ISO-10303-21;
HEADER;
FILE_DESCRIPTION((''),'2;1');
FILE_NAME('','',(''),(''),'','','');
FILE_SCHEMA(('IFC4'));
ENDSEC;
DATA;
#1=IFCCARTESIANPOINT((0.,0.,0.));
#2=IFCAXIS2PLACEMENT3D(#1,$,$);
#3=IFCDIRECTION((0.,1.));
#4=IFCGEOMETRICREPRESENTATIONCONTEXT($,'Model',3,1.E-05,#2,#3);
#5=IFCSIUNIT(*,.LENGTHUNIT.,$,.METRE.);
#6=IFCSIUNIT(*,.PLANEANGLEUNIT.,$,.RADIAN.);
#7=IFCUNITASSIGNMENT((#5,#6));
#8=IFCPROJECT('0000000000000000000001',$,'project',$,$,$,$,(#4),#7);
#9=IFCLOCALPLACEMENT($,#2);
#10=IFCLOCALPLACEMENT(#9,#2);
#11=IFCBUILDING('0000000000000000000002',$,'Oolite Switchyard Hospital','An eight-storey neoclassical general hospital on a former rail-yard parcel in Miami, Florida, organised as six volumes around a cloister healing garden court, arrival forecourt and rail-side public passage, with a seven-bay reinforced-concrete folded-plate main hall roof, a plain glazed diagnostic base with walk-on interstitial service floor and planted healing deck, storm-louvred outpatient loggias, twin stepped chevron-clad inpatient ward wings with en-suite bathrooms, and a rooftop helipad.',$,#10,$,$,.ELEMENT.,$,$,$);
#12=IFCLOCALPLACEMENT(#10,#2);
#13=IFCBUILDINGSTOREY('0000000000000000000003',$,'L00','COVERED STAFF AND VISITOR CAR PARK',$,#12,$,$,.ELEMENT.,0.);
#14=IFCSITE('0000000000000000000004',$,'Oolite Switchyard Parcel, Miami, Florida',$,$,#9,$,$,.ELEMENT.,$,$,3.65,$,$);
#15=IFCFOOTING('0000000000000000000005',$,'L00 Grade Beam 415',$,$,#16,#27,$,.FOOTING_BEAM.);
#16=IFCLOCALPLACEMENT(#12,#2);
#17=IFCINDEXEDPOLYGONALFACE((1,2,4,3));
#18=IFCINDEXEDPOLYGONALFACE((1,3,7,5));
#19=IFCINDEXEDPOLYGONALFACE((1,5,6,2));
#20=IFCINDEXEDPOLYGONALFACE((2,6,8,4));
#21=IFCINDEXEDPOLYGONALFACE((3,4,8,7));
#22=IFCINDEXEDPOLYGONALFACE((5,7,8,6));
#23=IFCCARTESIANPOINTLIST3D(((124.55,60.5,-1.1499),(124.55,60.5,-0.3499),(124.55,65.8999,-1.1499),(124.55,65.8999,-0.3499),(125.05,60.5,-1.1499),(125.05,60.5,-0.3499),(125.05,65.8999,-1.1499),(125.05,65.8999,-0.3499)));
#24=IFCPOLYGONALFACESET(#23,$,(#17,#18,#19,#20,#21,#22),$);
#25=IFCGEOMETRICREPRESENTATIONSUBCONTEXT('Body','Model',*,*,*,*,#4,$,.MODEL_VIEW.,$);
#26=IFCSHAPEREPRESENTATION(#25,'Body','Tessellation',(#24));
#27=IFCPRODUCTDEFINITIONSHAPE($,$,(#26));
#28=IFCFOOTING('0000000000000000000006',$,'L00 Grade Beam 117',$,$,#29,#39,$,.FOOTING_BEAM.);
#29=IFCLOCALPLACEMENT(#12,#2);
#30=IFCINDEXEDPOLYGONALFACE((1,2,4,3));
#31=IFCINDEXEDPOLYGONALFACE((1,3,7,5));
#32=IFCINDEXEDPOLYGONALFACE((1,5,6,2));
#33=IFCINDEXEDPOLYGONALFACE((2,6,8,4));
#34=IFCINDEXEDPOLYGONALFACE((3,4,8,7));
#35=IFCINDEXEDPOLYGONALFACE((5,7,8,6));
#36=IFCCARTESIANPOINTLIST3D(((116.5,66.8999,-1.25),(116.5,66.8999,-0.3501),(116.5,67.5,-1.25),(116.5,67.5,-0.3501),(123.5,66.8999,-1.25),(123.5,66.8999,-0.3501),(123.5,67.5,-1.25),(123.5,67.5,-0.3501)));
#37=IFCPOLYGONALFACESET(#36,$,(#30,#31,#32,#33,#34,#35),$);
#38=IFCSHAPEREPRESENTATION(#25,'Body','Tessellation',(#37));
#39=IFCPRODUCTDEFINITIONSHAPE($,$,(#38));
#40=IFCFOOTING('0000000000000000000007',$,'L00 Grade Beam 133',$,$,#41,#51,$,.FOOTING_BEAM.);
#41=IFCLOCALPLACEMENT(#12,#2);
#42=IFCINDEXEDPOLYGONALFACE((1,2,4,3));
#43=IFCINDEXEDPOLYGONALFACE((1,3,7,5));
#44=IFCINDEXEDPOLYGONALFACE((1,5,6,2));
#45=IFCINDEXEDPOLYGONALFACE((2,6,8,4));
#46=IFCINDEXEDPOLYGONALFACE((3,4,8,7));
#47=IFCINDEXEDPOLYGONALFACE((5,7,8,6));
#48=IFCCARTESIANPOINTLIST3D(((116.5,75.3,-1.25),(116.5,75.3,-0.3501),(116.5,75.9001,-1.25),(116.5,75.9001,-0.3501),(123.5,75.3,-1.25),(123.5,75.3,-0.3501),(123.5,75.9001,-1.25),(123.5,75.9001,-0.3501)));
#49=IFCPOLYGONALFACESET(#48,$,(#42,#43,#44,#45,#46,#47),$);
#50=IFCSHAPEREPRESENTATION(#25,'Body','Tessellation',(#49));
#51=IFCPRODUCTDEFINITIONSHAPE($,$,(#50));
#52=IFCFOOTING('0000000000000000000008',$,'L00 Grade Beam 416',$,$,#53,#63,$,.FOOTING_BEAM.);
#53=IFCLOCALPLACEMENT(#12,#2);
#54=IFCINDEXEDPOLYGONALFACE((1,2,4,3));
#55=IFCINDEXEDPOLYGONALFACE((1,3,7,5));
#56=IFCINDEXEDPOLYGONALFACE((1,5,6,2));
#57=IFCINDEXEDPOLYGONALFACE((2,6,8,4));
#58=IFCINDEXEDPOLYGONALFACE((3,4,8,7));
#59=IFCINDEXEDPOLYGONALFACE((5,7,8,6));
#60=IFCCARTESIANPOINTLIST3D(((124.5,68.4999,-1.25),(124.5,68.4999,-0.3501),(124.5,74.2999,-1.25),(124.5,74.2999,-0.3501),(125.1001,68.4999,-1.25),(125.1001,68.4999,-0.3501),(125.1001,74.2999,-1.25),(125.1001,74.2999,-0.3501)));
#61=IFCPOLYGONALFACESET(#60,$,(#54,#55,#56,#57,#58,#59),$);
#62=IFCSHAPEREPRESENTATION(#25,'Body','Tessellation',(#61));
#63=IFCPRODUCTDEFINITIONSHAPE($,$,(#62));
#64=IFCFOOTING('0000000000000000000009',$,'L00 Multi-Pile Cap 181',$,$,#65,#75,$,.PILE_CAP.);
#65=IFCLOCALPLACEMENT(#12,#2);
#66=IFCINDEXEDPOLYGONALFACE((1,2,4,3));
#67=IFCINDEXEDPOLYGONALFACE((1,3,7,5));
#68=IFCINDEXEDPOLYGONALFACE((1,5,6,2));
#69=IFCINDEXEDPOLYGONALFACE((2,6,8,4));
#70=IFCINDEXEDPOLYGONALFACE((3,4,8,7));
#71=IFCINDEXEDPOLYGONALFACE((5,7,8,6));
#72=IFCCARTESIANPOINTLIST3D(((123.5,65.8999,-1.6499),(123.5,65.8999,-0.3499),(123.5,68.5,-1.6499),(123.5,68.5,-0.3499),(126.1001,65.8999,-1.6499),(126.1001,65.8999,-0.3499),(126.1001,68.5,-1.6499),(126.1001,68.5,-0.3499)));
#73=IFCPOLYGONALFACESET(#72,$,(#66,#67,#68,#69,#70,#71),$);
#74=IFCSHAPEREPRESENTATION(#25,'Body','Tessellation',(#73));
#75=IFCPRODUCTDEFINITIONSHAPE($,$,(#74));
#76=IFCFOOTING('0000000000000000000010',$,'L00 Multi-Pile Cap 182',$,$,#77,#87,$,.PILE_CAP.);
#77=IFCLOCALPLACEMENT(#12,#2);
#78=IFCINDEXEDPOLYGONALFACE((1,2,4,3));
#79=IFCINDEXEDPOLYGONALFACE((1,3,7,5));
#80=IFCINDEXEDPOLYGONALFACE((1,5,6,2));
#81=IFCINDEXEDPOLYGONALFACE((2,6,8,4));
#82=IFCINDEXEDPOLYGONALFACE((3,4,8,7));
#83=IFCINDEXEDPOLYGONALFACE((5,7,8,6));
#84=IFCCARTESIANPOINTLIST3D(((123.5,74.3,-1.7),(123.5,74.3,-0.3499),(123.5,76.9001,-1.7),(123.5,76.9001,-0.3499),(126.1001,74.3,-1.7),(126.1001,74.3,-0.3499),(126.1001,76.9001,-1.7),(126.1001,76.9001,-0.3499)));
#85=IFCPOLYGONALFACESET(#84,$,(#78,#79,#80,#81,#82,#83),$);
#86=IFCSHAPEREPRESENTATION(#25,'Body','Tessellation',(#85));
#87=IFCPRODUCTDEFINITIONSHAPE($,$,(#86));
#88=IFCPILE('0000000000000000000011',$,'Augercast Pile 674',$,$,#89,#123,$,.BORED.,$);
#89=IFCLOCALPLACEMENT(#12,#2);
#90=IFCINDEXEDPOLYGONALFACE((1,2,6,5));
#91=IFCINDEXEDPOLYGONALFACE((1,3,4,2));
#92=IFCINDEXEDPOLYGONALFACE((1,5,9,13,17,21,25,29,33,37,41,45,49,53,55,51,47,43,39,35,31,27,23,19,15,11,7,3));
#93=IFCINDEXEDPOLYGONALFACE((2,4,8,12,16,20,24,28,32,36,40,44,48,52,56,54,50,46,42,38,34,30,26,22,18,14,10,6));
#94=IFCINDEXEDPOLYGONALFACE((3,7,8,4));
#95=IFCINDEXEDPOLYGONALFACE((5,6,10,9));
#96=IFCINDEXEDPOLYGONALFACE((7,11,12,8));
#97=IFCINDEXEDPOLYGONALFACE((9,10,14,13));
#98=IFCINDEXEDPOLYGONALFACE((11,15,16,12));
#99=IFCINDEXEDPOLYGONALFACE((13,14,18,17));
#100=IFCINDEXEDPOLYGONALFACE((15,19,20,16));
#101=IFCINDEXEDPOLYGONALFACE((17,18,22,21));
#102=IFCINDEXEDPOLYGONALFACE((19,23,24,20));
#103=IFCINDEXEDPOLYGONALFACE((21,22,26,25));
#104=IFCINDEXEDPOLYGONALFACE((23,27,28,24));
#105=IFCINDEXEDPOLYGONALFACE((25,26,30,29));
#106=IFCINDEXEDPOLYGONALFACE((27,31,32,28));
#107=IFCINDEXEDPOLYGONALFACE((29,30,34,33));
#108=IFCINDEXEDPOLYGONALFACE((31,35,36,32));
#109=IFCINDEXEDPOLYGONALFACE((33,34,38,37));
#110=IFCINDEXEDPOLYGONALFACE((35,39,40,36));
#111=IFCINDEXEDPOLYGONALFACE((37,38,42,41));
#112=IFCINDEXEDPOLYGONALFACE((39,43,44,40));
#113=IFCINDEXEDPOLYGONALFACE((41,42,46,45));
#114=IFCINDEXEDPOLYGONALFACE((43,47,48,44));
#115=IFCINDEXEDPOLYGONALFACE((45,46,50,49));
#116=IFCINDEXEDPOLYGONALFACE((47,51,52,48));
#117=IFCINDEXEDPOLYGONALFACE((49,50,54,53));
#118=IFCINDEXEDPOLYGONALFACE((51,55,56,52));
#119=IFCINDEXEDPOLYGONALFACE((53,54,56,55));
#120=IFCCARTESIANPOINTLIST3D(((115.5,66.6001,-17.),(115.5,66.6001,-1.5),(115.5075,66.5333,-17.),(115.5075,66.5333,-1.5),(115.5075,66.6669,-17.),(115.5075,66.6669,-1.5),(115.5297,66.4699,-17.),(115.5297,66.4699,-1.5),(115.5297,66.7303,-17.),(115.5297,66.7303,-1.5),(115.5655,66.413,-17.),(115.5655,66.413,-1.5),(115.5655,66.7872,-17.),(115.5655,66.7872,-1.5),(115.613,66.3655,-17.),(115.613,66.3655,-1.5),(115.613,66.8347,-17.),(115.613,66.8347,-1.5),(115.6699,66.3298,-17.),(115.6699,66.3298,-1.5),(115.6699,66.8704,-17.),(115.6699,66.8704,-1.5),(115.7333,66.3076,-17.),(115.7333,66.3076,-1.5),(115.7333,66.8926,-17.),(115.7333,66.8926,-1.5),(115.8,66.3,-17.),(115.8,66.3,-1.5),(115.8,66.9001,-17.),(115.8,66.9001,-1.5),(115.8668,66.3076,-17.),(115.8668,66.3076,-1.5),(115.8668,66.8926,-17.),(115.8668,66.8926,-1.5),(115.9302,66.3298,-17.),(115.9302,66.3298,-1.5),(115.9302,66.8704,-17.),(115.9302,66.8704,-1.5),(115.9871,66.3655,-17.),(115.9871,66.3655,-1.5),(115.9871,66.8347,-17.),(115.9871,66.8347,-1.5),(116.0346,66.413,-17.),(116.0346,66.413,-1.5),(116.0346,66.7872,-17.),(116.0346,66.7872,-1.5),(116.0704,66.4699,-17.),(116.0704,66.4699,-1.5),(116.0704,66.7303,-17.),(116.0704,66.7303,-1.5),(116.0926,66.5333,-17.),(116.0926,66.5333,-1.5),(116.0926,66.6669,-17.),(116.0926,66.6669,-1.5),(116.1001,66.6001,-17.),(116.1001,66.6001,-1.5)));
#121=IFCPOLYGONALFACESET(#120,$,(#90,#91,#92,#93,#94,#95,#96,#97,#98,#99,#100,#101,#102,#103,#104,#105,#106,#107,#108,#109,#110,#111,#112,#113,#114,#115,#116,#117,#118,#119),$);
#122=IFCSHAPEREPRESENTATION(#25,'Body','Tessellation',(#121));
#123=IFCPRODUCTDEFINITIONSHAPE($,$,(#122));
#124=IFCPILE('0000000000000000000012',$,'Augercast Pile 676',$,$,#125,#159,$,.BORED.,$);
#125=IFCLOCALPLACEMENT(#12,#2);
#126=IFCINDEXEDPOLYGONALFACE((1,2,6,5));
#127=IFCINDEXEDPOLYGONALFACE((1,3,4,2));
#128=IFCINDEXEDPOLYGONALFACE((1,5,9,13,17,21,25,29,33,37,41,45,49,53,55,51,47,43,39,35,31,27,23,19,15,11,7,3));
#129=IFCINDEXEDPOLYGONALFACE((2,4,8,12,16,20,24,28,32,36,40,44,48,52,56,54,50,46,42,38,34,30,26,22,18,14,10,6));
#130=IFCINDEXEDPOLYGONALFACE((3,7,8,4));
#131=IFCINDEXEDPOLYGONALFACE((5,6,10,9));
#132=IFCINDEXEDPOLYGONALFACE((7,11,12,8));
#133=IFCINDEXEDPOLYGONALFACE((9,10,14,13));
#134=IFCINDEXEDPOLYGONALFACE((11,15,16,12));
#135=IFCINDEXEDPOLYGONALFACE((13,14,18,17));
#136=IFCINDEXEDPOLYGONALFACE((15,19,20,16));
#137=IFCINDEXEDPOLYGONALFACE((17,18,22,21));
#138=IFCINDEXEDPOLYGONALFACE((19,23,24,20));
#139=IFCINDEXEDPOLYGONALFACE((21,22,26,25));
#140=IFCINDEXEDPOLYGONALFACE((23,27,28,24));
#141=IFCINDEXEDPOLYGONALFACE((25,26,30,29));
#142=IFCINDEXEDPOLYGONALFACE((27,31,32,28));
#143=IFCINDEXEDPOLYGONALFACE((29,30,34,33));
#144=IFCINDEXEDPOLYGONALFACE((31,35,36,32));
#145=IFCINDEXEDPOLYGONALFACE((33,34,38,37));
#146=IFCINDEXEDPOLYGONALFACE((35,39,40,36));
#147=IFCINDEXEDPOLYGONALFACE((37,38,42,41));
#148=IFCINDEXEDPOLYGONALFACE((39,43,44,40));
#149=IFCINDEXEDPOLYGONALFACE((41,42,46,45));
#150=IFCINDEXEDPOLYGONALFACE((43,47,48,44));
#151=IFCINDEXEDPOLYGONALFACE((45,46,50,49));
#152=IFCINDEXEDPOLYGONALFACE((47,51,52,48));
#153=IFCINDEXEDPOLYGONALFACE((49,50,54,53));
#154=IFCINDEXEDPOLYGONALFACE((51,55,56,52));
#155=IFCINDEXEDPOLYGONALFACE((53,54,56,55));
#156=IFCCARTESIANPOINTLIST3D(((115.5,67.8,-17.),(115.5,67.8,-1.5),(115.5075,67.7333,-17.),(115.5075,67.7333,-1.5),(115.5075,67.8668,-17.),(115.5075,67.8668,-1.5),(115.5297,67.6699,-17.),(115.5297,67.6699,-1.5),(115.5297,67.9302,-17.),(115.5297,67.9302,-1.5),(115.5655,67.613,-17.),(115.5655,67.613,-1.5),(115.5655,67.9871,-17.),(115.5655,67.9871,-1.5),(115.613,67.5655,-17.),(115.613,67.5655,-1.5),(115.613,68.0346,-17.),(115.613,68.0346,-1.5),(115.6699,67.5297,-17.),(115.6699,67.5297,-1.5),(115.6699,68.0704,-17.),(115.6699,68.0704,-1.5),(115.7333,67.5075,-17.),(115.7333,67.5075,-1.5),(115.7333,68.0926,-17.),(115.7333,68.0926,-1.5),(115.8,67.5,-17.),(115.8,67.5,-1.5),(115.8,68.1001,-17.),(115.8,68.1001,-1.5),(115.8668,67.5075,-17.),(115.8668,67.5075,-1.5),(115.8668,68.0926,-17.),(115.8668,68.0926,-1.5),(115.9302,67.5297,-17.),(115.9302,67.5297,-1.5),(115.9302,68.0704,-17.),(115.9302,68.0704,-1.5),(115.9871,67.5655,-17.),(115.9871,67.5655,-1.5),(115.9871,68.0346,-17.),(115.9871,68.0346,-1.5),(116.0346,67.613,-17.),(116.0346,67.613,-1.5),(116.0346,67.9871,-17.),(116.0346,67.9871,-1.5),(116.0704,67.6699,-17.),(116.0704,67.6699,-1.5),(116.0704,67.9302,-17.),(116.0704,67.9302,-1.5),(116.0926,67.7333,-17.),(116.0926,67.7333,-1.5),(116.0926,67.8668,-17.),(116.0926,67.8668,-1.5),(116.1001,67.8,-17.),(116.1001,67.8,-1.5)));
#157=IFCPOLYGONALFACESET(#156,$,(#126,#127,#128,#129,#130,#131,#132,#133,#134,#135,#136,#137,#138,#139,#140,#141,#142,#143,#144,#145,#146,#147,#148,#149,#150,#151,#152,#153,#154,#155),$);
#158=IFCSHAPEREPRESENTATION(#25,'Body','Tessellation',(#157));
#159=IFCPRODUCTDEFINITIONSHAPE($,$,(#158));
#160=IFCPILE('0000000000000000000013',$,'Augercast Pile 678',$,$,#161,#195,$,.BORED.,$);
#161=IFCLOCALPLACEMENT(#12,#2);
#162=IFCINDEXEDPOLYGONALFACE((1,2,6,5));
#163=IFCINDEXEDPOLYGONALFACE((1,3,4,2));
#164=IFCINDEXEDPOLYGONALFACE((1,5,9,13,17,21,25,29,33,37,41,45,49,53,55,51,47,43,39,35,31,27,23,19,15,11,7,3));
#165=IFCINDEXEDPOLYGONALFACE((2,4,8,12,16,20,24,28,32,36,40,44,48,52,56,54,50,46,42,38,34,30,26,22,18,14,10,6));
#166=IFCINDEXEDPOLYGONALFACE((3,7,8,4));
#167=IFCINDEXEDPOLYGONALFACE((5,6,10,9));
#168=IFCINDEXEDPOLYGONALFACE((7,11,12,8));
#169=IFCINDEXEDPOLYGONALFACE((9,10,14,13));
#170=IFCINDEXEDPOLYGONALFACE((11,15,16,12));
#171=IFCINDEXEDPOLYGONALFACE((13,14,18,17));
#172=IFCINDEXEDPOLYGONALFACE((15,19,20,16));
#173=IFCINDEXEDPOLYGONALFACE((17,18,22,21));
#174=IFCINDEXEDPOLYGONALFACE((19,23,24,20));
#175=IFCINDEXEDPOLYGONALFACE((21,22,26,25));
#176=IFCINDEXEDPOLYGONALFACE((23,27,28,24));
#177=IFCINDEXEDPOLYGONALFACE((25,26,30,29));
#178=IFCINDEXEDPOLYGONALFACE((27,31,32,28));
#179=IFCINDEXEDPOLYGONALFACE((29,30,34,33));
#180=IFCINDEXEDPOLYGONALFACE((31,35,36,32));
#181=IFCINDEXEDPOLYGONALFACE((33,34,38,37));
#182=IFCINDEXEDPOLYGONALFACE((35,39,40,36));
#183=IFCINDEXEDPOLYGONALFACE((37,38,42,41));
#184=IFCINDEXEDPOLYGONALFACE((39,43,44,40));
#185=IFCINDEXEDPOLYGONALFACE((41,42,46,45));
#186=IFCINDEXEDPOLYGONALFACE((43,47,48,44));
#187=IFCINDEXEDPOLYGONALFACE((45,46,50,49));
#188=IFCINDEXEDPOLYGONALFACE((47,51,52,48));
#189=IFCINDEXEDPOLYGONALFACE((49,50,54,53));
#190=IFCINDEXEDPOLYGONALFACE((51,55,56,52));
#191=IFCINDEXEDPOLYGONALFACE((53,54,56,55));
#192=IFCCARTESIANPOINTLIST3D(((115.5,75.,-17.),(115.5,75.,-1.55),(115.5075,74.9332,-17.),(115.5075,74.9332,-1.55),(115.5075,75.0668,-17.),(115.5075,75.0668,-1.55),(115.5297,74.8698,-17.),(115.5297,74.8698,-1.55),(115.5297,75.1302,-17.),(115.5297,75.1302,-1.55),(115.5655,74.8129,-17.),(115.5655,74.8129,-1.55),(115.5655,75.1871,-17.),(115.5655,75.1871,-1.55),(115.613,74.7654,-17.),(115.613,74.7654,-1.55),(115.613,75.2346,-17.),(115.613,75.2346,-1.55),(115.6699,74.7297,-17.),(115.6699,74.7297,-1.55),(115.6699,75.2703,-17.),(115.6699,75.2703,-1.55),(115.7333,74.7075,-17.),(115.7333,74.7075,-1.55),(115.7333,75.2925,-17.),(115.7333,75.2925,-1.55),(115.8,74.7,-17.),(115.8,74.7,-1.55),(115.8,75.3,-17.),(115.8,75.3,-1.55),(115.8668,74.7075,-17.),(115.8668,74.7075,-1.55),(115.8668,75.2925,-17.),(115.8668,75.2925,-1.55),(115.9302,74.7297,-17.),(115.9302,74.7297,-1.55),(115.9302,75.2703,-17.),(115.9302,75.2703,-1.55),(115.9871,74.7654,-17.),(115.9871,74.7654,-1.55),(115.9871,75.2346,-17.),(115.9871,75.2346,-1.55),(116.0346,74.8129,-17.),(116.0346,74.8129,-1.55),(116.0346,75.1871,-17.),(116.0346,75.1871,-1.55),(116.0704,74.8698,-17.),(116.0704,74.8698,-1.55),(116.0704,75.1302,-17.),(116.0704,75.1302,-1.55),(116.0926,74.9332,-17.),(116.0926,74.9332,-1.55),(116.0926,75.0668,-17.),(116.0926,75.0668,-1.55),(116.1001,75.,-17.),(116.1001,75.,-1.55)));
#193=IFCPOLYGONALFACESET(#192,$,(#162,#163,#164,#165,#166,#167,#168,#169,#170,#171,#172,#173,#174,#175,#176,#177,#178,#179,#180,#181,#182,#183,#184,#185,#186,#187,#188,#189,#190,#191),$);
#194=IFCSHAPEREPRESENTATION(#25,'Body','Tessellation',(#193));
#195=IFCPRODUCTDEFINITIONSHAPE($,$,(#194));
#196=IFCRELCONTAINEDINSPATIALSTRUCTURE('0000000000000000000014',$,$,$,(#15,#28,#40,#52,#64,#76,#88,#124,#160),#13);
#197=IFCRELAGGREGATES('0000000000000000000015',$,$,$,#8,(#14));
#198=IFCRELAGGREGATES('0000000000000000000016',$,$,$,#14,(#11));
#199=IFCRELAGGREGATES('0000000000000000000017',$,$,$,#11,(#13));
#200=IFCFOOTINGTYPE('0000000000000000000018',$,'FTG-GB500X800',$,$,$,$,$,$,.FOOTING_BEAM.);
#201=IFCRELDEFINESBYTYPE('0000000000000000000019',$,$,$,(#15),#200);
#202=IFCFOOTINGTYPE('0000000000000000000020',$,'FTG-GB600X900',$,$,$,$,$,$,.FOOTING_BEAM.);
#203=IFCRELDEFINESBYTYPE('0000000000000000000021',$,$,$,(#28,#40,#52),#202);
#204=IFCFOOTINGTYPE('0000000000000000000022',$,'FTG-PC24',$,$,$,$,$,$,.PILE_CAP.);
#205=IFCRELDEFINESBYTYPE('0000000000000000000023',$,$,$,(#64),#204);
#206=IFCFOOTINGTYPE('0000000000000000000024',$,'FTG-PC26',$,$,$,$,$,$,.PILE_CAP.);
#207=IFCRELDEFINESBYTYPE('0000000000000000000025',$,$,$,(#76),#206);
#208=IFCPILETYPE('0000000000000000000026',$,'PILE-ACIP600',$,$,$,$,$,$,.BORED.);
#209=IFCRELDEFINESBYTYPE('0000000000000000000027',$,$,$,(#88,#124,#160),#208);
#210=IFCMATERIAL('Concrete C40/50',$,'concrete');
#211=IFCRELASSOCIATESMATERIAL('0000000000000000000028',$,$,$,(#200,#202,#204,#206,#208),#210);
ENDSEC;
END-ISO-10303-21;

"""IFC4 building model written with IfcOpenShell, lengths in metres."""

from ifc_helpers import new_model, si_unit, direction, frame, origin, origin_2d, place, context, subcontext, project, spatial, rectangle, circle, extrude, material, material_profile, profile_set, type_object, element, save


model = new_model("IFC4")

# Units and contexts
model_context = context("Model", 3, precision=1e-05, world=origin(), true_north=direction((0.0, 1.0)))
body_context = subcontext(model_context, "Body", "Model", "MODEL_VIEW")
ifc_project = project(units=[si_unit("LENGTHUNIT", "METRE"), si_unit("PLANEANGLEUNIT", "RADIAN")], contexts=[model_context])

# Site, building, storey
site_placement = place(None, origin())
site = spatial("IfcSite", under=ifc_project, at=site_placement, Name="Oolite Switchyard Parcel, Miami, Florida", CompositionType="ELEMENT", RefElevation=3.65)
building_placement = place(site_placement, origin())
building = spatial("IfcBuilding", under=site, at=building_placement, Name="Oolite Switchyard Hospital", Description="An eight-storey neoclassical general hospital on a former rail-yard parcel in Miami, Florida, organised as six volumes around a cloister healing garden court, arrival forecourt and rail-side public passage, with a seven-bay reinforced-concrete folded-plate main hall roof, a plain glazed diagnostic base with walk-on interstitial service floor and planted healing deck, storm-louvred outpatient loggias, twin stepped chevron-clad inpatient ward wings with en-suite bathrooms, and a rooftop helipad.", CompositionType="ELEMENT")
storey_placement = place(building_placement, origin())
storey = spatial("IfcBuildingStorey", under=building, at=storey_placement, Name="L00", Description="COVERED STAFF AND VISITOR CAR PARK", CompositionType="ELEMENT", Elevation=0.0)

# Footings
ifc_material_1 = material(Name="Concrete C40/50", Category="concrete")
footing_type_1 = type_object("IfcFootingType", Name="FTG-GB500X800", PredefinedType="FOOTING_BEAM", material=ifc_material_1)
footing_1_placement = place(storey_placement, frame((124.8, 63.2, -1.1499), z_axis=(0.0, 0.0, 1.0), x_axis=(0.0, 1.0, 0.0)))
element("IfcFooting", 1, at=footing_1_placement, inside=storey, type_object=footing_type_1, Name="L00 Grade Beam 415", PredefinedType="FOOTING_BEAM", context=body_context, shape_type="SweptSolid", body=[
    extrude(rectangle(XDim=5.3999, YDim=0.5, at=origin_2d()), origin(), (0.0, 0.0, 1.0), 0.8),
])
footing_type_2 = type_object("IfcFootingType", Name="FTG-GB600X900", PredefinedType="FOOTING_BEAM", material=ifc_material_1)
for number, where, z_axis, x_axis, name in (
    (2, (120.0, 67.2, -1.25), (0.0, 0.0, 1.0), (1.0, 0.0, 0.0), "L00 Grade Beam 117"),
    (3, (120.0, 75.6001, -1.25), (0.0, 0.0, 1.0), (1.0, 0.0, 0.0), "L00 Grade Beam 133"),
):
    element("IfcFooting", number, at=place(storey_placement, frame(where, z_axis=z_axis, x_axis=x_axis)), inside=storey, type_object=footing_type_2, Name=name, PredefinedType="FOOTING_BEAM", context=body_context, shape_type="SweptSolid", body=[
        extrude(rectangle(XDim=7.0, YDim=0.6001, at=origin_2d()), origin(), (0.0, 0.0, 1.0), 0.8999),
    ])
footing_2_placement = place(storey_placement, frame((124.8, 71.3999, -1.25), z_axis=(0.0, 0.0, 1.0), x_axis=(0.0, 1.0, 0.0)))
element("IfcFooting", 4, at=footing_2_placement, inside=storey, type_object=footing_type_2, Name="L00 Grade Beam 416", PredefinedType="FOOTING_BEAM", context=body_context, shape_type="SweptSolid", body=[
    extrude(rectangle(XDim=5.8, YDim=0.6001, at=origin_2d()), origin(), (0.0, 0.0, 1.0), 0.8999),
])
footing_type_3 = type_object("IfcFootingType", Name="FTG-PC24", PredefinedType="PILE_CAP", material=ifc_material_1)
footing_3_placement = place(storey_placement, frame((124.8, 67.2, -1.6499), z_axis=(0.0, 0.0, 1.0), x_axis=(1.0, 0.0, 0.0)))
element("IfcFooting", 5, at=footing_3_placement, inside=storey, type_object=footing_type_3, Name="L00 Multi-Pile Cap 181", PredefinedType="PILE_CAP", context=body_context, shape_type="SweptSolid", body=[
    extrude(rectangle(XDim=2.6001, YDim=2.6001, at=origin_2d()), origin(), (0.0, 0.0, 1.0), 1.3),
])
footing_type_4 = type_object("IfcFootingType", Name="FTG-PC26", PredefinedType="PILE_CAP", material=ifc_material_1)
footing_4_placement = place(storey_placement, frame((124.8, 75.6001, -1.7), z_axis=(0.0, 0.0, 1.0), x_axis=(1.0, 0.0, 0.0)))
element("IfcFooting", 6, at=footing_4_placement, inside=storey, type_object=footing_type_4, Name="L00 Multi-Pile Cap 182", PredefinedType="PILE_CAP", context=body_context, shape_type="SweptSolid", body=[
    extrude(rectangle(XDim=2.6001, YDim=2.6001, at=origin_2d()), origin(), (0.0, 0.0, 1.0), 1.3501),
])

# Piles
ifc_material_profile_1 = material_profile(ifc_material_1, circle(Radius=0.3, at=origin_2d()), Name="PILE600")
ifc_profile_set_1 = profile_set([ifc_material_profile_1], Name="Concrete C40/50")
pile_type = type_object("IfcPileType", Name="PILE-ACIP600", PredefinedType="BORED", material=ifc_profile_set_1)
for number, where, z_axis, x_axis, name in (
    (7, (115.8, 66.6001, -1.5), (0.0, 0.0, -1.0), (1.0, 0.0, 0.0), "Augercast Pile 674"),
    (8, (115.8, 67.8, -1.5), (0.0, 0.0, -1.0), (1.0, 0.0, 0.0), "Augercast Pile 676"),
):
    element("IfcPile", number, at=place(storey_placement, frame(where, z_axis=z_axis, x_axis=x_axis)), inside=storey, type_object=pile_type, Name=name, PredefinedType="BORED", context=body_context, shape_type="SweptSolid", body=[
        extrude(circle(Radius=0.3, at=origin_2d()), origin(), (0.0, 0.0, 1.0), 15.5),
    ])
pile_1_placement = place(storey_placement, frame((115.8, 75.0, -1.55), z_axis=(0.0, 0.0, -1.0), x_axis=(1.0, 0.0, 0.0)))
element("IfcPile", 9, at=pile_1_placement, inside=storey, type_object=pile_type, Name="Augercast Pile 678", PredefinedType="BORED", context=body_context, shape_type="SweptSolid", body=[
    extrude(circle(Radius=0.3, at=origin_2d()), origin(), (0.0, 0.0, 1.0), 15.45),
])

save(model, "model.ifc")
